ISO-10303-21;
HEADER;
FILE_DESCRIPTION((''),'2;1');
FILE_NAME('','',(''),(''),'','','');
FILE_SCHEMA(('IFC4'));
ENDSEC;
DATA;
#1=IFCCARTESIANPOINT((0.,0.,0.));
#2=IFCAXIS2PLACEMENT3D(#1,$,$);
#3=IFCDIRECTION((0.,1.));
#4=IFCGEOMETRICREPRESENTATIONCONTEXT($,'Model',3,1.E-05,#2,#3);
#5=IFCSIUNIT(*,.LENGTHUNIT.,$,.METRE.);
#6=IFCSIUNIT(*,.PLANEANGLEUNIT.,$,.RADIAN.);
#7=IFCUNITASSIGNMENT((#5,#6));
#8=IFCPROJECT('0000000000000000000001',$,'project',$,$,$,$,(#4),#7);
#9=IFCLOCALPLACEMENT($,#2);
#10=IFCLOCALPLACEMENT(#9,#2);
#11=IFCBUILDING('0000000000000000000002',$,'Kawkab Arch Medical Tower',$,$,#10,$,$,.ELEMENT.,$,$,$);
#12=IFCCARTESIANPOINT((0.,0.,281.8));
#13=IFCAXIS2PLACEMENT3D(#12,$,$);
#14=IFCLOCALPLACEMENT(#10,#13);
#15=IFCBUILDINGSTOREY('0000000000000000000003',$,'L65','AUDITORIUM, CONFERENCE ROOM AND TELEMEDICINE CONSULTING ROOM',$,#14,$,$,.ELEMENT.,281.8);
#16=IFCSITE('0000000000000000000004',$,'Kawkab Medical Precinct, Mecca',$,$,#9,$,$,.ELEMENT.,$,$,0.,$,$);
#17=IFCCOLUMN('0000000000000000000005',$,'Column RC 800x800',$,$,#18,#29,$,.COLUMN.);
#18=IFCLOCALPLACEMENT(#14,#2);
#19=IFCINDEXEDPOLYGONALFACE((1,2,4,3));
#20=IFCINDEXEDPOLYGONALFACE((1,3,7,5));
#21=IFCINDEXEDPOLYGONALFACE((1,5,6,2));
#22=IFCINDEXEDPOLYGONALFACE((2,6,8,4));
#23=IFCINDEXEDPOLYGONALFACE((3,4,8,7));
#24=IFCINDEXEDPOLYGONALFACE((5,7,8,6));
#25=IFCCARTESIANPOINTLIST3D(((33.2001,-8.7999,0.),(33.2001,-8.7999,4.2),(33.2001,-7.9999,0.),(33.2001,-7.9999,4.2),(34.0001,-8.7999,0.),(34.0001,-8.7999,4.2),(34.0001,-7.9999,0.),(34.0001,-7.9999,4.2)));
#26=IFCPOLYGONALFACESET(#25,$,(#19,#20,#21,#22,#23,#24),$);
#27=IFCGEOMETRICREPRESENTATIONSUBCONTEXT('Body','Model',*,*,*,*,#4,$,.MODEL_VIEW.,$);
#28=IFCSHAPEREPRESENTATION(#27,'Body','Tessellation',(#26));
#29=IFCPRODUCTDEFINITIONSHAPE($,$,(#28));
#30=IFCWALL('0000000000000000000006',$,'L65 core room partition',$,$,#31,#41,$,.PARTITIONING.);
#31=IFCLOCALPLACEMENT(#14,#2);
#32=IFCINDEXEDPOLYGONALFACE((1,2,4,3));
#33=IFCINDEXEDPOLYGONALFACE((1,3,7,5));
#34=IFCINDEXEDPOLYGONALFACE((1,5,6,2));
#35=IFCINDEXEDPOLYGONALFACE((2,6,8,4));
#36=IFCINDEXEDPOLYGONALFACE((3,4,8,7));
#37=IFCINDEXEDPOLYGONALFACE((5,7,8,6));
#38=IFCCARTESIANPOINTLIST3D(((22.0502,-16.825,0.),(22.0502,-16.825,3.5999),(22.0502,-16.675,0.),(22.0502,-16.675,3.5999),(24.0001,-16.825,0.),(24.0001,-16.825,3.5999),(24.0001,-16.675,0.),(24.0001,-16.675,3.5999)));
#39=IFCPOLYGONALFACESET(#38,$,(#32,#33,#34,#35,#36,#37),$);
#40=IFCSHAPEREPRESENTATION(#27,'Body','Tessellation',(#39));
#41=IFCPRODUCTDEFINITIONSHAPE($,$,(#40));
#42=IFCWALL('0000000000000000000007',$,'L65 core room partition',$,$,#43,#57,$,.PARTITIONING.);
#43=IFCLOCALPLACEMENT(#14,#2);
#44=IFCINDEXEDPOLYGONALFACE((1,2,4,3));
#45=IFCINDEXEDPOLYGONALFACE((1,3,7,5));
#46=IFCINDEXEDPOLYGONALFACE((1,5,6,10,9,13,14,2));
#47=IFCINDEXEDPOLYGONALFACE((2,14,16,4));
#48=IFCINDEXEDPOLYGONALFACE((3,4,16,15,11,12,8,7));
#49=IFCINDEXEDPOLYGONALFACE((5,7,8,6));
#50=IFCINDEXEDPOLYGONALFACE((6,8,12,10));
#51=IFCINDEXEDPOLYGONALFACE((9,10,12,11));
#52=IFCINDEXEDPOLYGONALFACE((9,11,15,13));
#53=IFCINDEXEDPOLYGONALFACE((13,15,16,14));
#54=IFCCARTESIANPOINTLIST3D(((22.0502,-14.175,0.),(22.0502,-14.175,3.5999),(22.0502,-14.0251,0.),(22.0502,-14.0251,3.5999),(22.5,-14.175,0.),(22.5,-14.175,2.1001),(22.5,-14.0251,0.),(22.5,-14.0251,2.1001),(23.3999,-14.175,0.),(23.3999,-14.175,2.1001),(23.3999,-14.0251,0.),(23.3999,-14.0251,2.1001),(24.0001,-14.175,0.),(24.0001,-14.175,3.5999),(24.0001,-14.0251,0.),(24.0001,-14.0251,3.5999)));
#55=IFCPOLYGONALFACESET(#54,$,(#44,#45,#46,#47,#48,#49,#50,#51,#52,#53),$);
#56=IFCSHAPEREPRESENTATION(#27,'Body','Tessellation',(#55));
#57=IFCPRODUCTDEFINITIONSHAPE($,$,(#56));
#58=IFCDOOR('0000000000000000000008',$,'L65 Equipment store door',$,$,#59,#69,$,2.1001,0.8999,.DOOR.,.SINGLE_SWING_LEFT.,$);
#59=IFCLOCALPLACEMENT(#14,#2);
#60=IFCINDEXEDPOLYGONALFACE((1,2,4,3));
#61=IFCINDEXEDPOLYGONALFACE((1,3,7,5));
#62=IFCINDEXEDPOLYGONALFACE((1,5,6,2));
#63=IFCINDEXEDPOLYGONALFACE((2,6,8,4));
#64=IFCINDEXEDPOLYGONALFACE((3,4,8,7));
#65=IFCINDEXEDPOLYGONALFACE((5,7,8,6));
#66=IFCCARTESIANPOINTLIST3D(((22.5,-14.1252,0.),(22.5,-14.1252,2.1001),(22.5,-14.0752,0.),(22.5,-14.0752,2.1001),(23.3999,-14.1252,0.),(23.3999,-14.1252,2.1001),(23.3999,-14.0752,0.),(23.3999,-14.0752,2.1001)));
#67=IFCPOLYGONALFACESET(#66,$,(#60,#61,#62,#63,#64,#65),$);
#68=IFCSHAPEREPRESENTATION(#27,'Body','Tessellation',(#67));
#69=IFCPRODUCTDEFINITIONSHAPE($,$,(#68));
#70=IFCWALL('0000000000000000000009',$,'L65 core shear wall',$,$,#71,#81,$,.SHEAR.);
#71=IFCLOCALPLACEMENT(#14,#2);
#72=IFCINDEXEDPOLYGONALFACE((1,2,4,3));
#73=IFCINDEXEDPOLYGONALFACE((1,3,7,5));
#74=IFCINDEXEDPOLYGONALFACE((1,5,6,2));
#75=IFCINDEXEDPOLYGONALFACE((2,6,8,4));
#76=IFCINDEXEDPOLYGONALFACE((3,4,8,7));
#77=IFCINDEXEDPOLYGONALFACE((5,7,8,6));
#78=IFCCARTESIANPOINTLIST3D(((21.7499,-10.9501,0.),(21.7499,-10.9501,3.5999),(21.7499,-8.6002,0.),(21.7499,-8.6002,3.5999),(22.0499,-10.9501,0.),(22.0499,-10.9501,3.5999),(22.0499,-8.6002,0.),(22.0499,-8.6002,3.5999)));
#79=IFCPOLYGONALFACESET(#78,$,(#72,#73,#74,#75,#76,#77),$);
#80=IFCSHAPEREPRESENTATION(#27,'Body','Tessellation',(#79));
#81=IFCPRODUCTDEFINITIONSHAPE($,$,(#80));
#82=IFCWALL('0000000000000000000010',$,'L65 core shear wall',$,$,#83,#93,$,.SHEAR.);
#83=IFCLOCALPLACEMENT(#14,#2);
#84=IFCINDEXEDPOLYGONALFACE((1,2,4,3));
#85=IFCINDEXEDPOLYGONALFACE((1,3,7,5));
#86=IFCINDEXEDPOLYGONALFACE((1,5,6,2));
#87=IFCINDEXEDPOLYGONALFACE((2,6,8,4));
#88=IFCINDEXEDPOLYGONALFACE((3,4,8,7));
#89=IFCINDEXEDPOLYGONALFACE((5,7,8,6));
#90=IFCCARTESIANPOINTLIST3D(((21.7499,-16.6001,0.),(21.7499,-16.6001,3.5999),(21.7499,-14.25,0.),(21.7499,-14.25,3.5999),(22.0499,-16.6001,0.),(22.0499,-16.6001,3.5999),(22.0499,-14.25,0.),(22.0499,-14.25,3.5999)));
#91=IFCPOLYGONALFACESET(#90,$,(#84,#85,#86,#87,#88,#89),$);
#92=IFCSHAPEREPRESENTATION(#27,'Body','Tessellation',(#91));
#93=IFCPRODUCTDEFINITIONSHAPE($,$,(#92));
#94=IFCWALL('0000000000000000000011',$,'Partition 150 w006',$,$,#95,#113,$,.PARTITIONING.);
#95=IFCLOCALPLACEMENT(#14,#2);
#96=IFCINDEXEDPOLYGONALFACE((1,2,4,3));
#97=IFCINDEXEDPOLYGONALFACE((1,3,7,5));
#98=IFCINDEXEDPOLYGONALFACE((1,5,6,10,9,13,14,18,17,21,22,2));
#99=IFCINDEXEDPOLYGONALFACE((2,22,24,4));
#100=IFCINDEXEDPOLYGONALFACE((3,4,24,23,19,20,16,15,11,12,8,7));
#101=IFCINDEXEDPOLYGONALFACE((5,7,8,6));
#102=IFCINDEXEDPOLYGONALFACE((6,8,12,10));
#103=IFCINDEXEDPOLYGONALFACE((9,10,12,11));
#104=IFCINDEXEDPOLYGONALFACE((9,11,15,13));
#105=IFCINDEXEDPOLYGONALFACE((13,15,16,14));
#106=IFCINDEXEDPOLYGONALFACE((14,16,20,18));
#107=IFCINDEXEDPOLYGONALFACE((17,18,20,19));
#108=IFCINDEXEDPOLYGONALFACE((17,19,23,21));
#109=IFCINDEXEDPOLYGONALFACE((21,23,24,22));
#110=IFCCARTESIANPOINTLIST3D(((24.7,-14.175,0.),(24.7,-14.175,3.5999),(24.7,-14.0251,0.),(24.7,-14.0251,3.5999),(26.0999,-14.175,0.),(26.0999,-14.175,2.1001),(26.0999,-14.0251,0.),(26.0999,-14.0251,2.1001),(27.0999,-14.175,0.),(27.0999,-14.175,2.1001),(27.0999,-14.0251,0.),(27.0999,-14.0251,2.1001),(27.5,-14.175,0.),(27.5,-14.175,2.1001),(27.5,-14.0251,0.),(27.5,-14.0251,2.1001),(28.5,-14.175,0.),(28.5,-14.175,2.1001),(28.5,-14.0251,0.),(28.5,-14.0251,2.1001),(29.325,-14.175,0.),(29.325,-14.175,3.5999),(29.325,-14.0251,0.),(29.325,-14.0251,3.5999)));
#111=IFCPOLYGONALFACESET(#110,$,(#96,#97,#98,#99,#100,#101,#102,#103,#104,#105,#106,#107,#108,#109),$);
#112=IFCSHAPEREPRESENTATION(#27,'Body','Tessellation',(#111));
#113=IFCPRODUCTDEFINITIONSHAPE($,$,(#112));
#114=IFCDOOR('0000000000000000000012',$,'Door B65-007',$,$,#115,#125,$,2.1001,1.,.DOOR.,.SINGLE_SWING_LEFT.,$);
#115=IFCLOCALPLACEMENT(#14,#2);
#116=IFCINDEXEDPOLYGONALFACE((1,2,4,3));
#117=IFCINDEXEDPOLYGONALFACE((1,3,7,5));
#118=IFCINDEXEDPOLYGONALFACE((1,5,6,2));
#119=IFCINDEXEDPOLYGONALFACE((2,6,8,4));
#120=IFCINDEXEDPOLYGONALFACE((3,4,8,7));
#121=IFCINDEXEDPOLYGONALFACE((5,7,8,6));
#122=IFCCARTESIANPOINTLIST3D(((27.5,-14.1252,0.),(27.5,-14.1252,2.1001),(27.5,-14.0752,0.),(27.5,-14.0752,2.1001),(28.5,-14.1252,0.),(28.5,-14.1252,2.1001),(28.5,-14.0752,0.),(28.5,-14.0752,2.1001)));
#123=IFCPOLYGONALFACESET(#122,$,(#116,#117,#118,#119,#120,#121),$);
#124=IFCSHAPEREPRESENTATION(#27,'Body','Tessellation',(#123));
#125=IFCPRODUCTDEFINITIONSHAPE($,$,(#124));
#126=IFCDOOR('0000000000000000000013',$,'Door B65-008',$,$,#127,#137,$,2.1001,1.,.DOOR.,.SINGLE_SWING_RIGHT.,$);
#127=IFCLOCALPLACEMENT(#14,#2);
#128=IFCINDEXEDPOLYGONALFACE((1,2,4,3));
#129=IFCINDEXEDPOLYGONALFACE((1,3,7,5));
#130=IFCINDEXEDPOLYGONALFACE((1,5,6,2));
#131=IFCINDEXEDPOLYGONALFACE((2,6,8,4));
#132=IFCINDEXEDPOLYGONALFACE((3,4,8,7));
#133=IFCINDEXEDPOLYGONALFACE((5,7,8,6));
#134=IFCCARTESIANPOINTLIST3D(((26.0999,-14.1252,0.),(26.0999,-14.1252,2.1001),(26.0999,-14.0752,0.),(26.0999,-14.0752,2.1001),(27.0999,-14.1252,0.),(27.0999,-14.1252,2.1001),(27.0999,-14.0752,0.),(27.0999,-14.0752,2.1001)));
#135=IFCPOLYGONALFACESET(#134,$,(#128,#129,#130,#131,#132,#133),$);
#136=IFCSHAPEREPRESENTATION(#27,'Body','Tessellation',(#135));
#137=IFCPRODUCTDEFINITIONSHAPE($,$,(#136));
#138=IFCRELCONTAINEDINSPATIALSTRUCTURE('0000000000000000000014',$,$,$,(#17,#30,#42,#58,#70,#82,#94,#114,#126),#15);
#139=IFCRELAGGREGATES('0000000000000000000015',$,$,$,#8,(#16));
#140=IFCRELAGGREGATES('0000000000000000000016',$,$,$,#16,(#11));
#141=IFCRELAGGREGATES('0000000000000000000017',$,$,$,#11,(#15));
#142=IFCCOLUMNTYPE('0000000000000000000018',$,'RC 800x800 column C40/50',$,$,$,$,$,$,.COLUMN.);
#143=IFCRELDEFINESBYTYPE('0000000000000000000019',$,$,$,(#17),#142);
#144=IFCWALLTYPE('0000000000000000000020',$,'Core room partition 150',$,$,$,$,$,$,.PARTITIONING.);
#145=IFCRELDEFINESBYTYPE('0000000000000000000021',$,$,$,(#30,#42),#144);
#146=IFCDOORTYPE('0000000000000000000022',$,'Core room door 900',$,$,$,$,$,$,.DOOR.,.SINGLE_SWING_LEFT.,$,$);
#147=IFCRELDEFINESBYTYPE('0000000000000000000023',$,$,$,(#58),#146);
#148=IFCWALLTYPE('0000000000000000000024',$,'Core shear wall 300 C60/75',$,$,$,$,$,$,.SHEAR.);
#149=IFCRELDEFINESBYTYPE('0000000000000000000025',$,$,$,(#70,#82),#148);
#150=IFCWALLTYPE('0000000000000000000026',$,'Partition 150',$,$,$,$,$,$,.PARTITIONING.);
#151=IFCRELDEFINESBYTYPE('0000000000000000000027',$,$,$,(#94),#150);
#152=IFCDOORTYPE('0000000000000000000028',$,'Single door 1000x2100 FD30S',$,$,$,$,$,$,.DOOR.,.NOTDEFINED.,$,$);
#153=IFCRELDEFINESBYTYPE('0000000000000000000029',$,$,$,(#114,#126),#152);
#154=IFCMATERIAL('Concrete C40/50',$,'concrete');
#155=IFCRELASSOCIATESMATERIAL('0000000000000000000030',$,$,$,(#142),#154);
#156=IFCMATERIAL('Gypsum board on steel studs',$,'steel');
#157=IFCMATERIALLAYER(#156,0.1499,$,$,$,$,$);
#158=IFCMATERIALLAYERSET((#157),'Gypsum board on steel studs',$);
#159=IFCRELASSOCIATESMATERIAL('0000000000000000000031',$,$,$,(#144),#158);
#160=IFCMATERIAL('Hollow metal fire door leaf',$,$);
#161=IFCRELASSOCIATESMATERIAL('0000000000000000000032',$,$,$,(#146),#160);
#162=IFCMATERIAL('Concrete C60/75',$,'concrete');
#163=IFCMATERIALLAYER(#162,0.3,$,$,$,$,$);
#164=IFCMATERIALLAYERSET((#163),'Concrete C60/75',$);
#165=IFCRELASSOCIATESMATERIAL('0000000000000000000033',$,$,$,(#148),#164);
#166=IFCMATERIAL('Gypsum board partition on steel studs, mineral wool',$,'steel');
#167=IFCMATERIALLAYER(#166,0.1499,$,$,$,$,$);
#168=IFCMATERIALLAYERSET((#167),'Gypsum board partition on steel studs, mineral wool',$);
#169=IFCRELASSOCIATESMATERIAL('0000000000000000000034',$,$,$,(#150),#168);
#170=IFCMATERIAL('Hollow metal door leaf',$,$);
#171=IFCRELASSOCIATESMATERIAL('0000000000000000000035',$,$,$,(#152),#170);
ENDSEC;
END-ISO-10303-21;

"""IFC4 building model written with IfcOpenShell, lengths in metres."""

from ifc_helpers import new_model, si_unit, direction, frame, frame_2d, origin, origin_2d, place, context, subcontext, project, spatial, rectangle, extrude, material, layer, layer_set, material_profile, profile_set, type_object, element, fill, save


model = new_model("IFC4")

# Units and contexts
model_context = context("Model", 3, precision=1e-05, world=origin(), true_north=direction((0.0, 1.0)))
body_context = subcontext(model_context, "Body", "Model", "MODEL_VIEW")
ifc_project = project(units=[si_unit("LENGTHUNIT", "METRE"), si_unit("PLANEANGLEUNIT", "RADIAN")], contexts=[model_context])

# Site, building, storey
site_placement = place(None, origin())
site = spatial("IfcSite", under=ifc_project, at=site_placement, Name="Kawkab Medical Precinct, Mecca", CompositionType="ELEMENT", RefElevation=0.0)
building_placement = place(site_placement, origin())
building = spatial("IfcBuilding", under=site, at=building_placement, Name="Kawkab Arch Medical Tower", CompositionType="ELEMENT")
storey_placement = place(building_placement, frame((0.0, 0.0, 281.8)))
storey = spatial("IfcBuildingStorey", under=building, at=storey_placement, Name="L65", Description="AUDITORIUM, CONFERENCE ROOM AND TELEMEDICINE CONSULTING ROOM", CompositionType="ELEMENT", Elevation=281.8)

# Column
ifc_material_1 = material(Name="Concrete C40/50", Category="concrete")
ifc_material_profile = material_profile(ifc_material_1, rectangle(XDim=0.8, YDim=0.8, at=origin_2d()), Name="RC 800x800")
ifc_profile_set = profile_set([ifc_material_profile], Name="Concrete C40/50")
column_type = type_object("IfcColumnType", Name="RC 800x800 column C40/50", PredefinedType="COLUMN", material=ifc_profile_set)
column_placement = place(storey_placement, frame((33.6001, -8.3999, 0.0), z_axis=(0.0, 0.0, 1.0), x_axis=(1.0, 0.0, 0.0)))
element("IfcColumn", 1, at=column_placement, inside=storey, type_object=column_type, Name="Column RC 800x800", PredefinedType="COLUMN", context=body_context, shape_type="SweptSolid", body=[
    extrude(rectangle(XDim=0.8, YDim=0.8, at=origin_2d()), origin(), (0.0, 0.0, 1.0), 4.2),
])

# Wall
ifc_material_2 = material(Name="Gypsum board on steel studs", Category="steel")
ifc_layer_1 = layer(ifc_material_2, 0.1499)
ifc_layer_set_1 = layer_set([ifc_layer_1], Name="Gypsum board on steel studs")
wall_type_1 = type_object("IfcWallType", Name="Core room partition 150", PredefinedType="PARTITIONING", material=ifc_layer_set_1)
wall_1_placement = place(storey_placement, frame((22.05, -16.75, 0.0), z_axis=(0.0, 0.0, 1.0), x_axis=(1.0, 0.0, 0.0)))
element("IfcWall", 2, at=wall_1_placement, inside=storey, type_object=wall_type_1, Name="L65 core room partition", PredefinedType="PARTITIONING", context=body_context, shape_type="SweptSolid", body=[
    extrude(rectangle(XDim=1.95, YDim=0.1499, at=frame_2d((0.9751, 0.0))), origin(), (0.0, 0.0, 1.0), 3.5999),
])

# Wall, opening, door
wall_2_placement = place(storey_placement, frame((22.05, -14.1001, 0.0), z_axis=(0.0, 0.0, 1.0), x_axis=(1.0, 0.0, 0.0)))
wall_2 = element("IfcWall", 3, at=wall_2_placement, inside=storey, type_object=wall_type_1, Name="L65 core room partition", PredefinedType="PARTITIONING", context=body_context, shape_type="SweptSolid", body=[
    extrude(rectangle(XDim=1.95, YDim=0.1499, at=frame_2d((0.9751, 0.0))), origin(), (0.0, 0.0, 1.0), 3.5999),
])
opening_1_placement = place(wall_2_placement, frame((0.45, 0.0, 0.0)))
opening_1 = element("IfcOpeningElement", 4, at=opening_1_placement, cuts=wall_2, PredefinedType="OPENING", context=body_context, shape_type="SweptSolid", body=[
    extrude(rectangle(XDim=0.8999, YDim=2.1001, at=frame_2d((0.45, 1.05))), frame((0.0, 0.085, 0.0), z_axis=(0.0, -1.0, 0.0), x_axis=(1.0, 0.0, 0.0)), (0.0, 0.0, 1.0), 0.1699),
])
ifc_material_3 = material(Name="Hollow metal fire door leaf")
door_type_1 = type_object("IfcDoorType", Name="Core room door 900", OperationType="SINGLE_SWING_LEFT", PredefinedType="DOOR", material=ifc_material_3)
door_1_placement = place(opening_1_placement, origin())
door_1 = element("IfcDoor", 5, at=door_1_placement, inside=storey, type_object=door_type_1, Name="L65 Equipment store door", OperationType="SINGLE_SWING_LEFT", OverallHeight=2.1001, OverallWidth=0.8999, PredefinedType="DOOR", context=body_context, shape_type="SweptSolid", body=[
    extrude(rectangle(XDim=0.8999, YDim=2.1001, at=frame_2d((0.45, 1.05))), frame((0.0, 0.0249, 0.0), z_axis=(0.0, -1.0, 0.0), x_axis=(1.0, 0.0, 0.0)), (0.0, 0.0, 1.0), 0.05),
])
fill(opening_1, door_1)

# Walls
ifc_material_4 = material(Name="Concrete C60/75", Category="concrete")
ifc_layer_2 = layer(ifc_material_4, 0.3)
ifc_layer_set_2 = layer_set([ifc_layer_2], Name="Concrete C60/75")
wall_type_2 = type_object("IfcWallType", Name="Core shear wall 300 C60/75", PredefinedType="SHEAR", material=ifc_layer_set_2)
wall_3_placement = place(storey_placement, frame((21.8999, -10.95, 0.0), z_axis=(0.0, 0.0, 1.0), x_axis=(0.0, 1.0, 0.0)))
element("IfcWall", 6, at=wall_3_placement, inside=storey, type_object=wall_type_2, Name="L65 core shear wall", PredefinedType="SHEAR", context=body_context, shape_type="SweptSolid", body=[
    extrude(rectangle(XDim=2.3499, YDim=0.3, at=frame_2d((1.1748, 0.0))), origin(), (0.0, 0.0, 1.0), 3.5999),
])
wall_4_placement = place(storey_placement, frame((21.8999, -16.6001, 0.0), z_axis=(0.0, 0.0, 1.0), x_axis=(0.0, 1.0, 0.0)))
element("IfcWall", 7, at=wall_4_placement, inside=storey, type_object=wall_type_2, Name="L65 core shear wall", PredefinedType="SHEAR", context=body_context, shape_type="SweptSolid", body=[
    extrude(rectangle(XDim=2.3501, YDim=0.3, at=frame_2d((1.175, 0.0))), origin(), (0.0, 0.0, 1.0), 3.5999),
])

# Wall, openings, doors
ifc_material_5 = material(Name="Gypsum board partition on steel studs, mineral wool", Category="steel")
ifc_layer_3 = layer(ifc_material_5, 0.1499)
ifc_layer_set_3 = layer_set([ifc_layer_3], Name="Gypsum board partition on steel studs, mineral wool")
wall_type_3 = type_object("IfcWallType", Name="Partition 150", PredefinedType="PARTITIONING", material=ifc_layer_set_3)
wall_5_placement = place(storey_placement, frame((24.7, -14.1001, 0.0), z_axis=(0.0, 0.0, 1.0), x_axis=(1.0, 0.0, 0.0)))
wall_5 = element("IfcWall", 8, at=wall_5_placement, inside=storey, type_object=wall_type_3, Name="Partition 150 w006", PredefinedType="PARTITIONING", context=body_context, shape_type="SweptSolid", body=[
    extrude(rectangle(XDim=4.625, YDim=0.1499, at=frame_2d((2.3125, 0.0))), origin(), (0.0, 0.0, 1.0), 3.5999),
])
opening_2_placement = place(wall_5_placement, frame((2.8, 0.0, 0.0)))
opening_2 = element("IfcOpeningElement", 9, at=opening_2_placement, cuts=wall_5, PredefinedType="OPENING", context=body_context, shape_type="SweptSolid", body=[
    extrude(rectangle(XDim=1.0, YDim=2.1001, at=frame_2d((0.5, 1.05))), frame((0.0, 0.085, 0.0), z_axis=(0.0, -1.0, 0.0), x_axis=(1.0, 0.0, 0.0)), (0.0, 0.0, 1.0), 0.1699),
])
opening_3_placement = place(wall_5_placement, frame((1.3999, 0.0, 0.0)))
opening_3 = element("IfcOpeningElement", 10, at=opening_3_placement, cuts=wall_5, PredefinedType="OPENING", context=body_context, shape_type="SweptSolid", body=[
    extrude(rectangle(XDim=1.0, YDim=2.1001, at=frame_2d((0.5, 1.05))), frame((0.0, 0.085, 0.0), z_axis=(0.0, -1.0, 0.0), x_axis=(1.0, 0.0, 0.0)), (0.0, 0.0, 1.0), 0.1699),
])
ifc_material_6 = material(Name="Hollow metal door leaf")
door_type_2 = type_object("IfcDoorType", Name="Single door 1000x2100 FD30S", OperationType="NOTDEFINED", PredefinedType="DOOR", material=ifc_material_6)
door_2_placement = place(opening_2_placement, origin())
door_2 = element("IfcDoor", 11, at=door_2_placement, inside=storey, type_object=door_type_2, Name="Door B65-007", OperationType="SINGLE_SWING_LEFT", OverallHeight=2.1001, OverallWidth=1.0, PredefinedType="DOOR", context=body_context, shape_type="SweptSolid", body=[
    extrude(rectangle(XDim=1.0, YDim=2.1001, at=frame_2d((0.5, 1.05))), frame((0.0, 0.0249, 0.0), z_axis=(0.0, -1.0, 0.0), x_axis=(1.0, 0.0, 0.0)), (0.0, 0.0, 1.0), 0.05),
])
fill(opening_2, door_2)
door_3_placement = place(opening_3_placement, origin())
door_3 = element("IfcDoor", 12, at=door_3_placement, inside=storey, type_object=door_type_2, Name="Door B65-008", OperationType="SINGLE_SWING_RIGHT", OverallHeight=2.1001, OverallWidth=1.0, PredefinedType="DOOR", context=body_context, shape_type="SweptSolid", body=[
    extrude(rectangle(XDim=1.0, YDim=2.1001, at=frame_2d((0.5, 1.05))), frame((0.0, 0.0249, 0.0), z_axis=(0.0, -1.0, 0.0), x_axis=(1.0, 0.0, 0.0)), (0.0, 0.0, 1.0), 0.05),
])
fill(opening_3, door_3)

save(model, "model.ifc")
